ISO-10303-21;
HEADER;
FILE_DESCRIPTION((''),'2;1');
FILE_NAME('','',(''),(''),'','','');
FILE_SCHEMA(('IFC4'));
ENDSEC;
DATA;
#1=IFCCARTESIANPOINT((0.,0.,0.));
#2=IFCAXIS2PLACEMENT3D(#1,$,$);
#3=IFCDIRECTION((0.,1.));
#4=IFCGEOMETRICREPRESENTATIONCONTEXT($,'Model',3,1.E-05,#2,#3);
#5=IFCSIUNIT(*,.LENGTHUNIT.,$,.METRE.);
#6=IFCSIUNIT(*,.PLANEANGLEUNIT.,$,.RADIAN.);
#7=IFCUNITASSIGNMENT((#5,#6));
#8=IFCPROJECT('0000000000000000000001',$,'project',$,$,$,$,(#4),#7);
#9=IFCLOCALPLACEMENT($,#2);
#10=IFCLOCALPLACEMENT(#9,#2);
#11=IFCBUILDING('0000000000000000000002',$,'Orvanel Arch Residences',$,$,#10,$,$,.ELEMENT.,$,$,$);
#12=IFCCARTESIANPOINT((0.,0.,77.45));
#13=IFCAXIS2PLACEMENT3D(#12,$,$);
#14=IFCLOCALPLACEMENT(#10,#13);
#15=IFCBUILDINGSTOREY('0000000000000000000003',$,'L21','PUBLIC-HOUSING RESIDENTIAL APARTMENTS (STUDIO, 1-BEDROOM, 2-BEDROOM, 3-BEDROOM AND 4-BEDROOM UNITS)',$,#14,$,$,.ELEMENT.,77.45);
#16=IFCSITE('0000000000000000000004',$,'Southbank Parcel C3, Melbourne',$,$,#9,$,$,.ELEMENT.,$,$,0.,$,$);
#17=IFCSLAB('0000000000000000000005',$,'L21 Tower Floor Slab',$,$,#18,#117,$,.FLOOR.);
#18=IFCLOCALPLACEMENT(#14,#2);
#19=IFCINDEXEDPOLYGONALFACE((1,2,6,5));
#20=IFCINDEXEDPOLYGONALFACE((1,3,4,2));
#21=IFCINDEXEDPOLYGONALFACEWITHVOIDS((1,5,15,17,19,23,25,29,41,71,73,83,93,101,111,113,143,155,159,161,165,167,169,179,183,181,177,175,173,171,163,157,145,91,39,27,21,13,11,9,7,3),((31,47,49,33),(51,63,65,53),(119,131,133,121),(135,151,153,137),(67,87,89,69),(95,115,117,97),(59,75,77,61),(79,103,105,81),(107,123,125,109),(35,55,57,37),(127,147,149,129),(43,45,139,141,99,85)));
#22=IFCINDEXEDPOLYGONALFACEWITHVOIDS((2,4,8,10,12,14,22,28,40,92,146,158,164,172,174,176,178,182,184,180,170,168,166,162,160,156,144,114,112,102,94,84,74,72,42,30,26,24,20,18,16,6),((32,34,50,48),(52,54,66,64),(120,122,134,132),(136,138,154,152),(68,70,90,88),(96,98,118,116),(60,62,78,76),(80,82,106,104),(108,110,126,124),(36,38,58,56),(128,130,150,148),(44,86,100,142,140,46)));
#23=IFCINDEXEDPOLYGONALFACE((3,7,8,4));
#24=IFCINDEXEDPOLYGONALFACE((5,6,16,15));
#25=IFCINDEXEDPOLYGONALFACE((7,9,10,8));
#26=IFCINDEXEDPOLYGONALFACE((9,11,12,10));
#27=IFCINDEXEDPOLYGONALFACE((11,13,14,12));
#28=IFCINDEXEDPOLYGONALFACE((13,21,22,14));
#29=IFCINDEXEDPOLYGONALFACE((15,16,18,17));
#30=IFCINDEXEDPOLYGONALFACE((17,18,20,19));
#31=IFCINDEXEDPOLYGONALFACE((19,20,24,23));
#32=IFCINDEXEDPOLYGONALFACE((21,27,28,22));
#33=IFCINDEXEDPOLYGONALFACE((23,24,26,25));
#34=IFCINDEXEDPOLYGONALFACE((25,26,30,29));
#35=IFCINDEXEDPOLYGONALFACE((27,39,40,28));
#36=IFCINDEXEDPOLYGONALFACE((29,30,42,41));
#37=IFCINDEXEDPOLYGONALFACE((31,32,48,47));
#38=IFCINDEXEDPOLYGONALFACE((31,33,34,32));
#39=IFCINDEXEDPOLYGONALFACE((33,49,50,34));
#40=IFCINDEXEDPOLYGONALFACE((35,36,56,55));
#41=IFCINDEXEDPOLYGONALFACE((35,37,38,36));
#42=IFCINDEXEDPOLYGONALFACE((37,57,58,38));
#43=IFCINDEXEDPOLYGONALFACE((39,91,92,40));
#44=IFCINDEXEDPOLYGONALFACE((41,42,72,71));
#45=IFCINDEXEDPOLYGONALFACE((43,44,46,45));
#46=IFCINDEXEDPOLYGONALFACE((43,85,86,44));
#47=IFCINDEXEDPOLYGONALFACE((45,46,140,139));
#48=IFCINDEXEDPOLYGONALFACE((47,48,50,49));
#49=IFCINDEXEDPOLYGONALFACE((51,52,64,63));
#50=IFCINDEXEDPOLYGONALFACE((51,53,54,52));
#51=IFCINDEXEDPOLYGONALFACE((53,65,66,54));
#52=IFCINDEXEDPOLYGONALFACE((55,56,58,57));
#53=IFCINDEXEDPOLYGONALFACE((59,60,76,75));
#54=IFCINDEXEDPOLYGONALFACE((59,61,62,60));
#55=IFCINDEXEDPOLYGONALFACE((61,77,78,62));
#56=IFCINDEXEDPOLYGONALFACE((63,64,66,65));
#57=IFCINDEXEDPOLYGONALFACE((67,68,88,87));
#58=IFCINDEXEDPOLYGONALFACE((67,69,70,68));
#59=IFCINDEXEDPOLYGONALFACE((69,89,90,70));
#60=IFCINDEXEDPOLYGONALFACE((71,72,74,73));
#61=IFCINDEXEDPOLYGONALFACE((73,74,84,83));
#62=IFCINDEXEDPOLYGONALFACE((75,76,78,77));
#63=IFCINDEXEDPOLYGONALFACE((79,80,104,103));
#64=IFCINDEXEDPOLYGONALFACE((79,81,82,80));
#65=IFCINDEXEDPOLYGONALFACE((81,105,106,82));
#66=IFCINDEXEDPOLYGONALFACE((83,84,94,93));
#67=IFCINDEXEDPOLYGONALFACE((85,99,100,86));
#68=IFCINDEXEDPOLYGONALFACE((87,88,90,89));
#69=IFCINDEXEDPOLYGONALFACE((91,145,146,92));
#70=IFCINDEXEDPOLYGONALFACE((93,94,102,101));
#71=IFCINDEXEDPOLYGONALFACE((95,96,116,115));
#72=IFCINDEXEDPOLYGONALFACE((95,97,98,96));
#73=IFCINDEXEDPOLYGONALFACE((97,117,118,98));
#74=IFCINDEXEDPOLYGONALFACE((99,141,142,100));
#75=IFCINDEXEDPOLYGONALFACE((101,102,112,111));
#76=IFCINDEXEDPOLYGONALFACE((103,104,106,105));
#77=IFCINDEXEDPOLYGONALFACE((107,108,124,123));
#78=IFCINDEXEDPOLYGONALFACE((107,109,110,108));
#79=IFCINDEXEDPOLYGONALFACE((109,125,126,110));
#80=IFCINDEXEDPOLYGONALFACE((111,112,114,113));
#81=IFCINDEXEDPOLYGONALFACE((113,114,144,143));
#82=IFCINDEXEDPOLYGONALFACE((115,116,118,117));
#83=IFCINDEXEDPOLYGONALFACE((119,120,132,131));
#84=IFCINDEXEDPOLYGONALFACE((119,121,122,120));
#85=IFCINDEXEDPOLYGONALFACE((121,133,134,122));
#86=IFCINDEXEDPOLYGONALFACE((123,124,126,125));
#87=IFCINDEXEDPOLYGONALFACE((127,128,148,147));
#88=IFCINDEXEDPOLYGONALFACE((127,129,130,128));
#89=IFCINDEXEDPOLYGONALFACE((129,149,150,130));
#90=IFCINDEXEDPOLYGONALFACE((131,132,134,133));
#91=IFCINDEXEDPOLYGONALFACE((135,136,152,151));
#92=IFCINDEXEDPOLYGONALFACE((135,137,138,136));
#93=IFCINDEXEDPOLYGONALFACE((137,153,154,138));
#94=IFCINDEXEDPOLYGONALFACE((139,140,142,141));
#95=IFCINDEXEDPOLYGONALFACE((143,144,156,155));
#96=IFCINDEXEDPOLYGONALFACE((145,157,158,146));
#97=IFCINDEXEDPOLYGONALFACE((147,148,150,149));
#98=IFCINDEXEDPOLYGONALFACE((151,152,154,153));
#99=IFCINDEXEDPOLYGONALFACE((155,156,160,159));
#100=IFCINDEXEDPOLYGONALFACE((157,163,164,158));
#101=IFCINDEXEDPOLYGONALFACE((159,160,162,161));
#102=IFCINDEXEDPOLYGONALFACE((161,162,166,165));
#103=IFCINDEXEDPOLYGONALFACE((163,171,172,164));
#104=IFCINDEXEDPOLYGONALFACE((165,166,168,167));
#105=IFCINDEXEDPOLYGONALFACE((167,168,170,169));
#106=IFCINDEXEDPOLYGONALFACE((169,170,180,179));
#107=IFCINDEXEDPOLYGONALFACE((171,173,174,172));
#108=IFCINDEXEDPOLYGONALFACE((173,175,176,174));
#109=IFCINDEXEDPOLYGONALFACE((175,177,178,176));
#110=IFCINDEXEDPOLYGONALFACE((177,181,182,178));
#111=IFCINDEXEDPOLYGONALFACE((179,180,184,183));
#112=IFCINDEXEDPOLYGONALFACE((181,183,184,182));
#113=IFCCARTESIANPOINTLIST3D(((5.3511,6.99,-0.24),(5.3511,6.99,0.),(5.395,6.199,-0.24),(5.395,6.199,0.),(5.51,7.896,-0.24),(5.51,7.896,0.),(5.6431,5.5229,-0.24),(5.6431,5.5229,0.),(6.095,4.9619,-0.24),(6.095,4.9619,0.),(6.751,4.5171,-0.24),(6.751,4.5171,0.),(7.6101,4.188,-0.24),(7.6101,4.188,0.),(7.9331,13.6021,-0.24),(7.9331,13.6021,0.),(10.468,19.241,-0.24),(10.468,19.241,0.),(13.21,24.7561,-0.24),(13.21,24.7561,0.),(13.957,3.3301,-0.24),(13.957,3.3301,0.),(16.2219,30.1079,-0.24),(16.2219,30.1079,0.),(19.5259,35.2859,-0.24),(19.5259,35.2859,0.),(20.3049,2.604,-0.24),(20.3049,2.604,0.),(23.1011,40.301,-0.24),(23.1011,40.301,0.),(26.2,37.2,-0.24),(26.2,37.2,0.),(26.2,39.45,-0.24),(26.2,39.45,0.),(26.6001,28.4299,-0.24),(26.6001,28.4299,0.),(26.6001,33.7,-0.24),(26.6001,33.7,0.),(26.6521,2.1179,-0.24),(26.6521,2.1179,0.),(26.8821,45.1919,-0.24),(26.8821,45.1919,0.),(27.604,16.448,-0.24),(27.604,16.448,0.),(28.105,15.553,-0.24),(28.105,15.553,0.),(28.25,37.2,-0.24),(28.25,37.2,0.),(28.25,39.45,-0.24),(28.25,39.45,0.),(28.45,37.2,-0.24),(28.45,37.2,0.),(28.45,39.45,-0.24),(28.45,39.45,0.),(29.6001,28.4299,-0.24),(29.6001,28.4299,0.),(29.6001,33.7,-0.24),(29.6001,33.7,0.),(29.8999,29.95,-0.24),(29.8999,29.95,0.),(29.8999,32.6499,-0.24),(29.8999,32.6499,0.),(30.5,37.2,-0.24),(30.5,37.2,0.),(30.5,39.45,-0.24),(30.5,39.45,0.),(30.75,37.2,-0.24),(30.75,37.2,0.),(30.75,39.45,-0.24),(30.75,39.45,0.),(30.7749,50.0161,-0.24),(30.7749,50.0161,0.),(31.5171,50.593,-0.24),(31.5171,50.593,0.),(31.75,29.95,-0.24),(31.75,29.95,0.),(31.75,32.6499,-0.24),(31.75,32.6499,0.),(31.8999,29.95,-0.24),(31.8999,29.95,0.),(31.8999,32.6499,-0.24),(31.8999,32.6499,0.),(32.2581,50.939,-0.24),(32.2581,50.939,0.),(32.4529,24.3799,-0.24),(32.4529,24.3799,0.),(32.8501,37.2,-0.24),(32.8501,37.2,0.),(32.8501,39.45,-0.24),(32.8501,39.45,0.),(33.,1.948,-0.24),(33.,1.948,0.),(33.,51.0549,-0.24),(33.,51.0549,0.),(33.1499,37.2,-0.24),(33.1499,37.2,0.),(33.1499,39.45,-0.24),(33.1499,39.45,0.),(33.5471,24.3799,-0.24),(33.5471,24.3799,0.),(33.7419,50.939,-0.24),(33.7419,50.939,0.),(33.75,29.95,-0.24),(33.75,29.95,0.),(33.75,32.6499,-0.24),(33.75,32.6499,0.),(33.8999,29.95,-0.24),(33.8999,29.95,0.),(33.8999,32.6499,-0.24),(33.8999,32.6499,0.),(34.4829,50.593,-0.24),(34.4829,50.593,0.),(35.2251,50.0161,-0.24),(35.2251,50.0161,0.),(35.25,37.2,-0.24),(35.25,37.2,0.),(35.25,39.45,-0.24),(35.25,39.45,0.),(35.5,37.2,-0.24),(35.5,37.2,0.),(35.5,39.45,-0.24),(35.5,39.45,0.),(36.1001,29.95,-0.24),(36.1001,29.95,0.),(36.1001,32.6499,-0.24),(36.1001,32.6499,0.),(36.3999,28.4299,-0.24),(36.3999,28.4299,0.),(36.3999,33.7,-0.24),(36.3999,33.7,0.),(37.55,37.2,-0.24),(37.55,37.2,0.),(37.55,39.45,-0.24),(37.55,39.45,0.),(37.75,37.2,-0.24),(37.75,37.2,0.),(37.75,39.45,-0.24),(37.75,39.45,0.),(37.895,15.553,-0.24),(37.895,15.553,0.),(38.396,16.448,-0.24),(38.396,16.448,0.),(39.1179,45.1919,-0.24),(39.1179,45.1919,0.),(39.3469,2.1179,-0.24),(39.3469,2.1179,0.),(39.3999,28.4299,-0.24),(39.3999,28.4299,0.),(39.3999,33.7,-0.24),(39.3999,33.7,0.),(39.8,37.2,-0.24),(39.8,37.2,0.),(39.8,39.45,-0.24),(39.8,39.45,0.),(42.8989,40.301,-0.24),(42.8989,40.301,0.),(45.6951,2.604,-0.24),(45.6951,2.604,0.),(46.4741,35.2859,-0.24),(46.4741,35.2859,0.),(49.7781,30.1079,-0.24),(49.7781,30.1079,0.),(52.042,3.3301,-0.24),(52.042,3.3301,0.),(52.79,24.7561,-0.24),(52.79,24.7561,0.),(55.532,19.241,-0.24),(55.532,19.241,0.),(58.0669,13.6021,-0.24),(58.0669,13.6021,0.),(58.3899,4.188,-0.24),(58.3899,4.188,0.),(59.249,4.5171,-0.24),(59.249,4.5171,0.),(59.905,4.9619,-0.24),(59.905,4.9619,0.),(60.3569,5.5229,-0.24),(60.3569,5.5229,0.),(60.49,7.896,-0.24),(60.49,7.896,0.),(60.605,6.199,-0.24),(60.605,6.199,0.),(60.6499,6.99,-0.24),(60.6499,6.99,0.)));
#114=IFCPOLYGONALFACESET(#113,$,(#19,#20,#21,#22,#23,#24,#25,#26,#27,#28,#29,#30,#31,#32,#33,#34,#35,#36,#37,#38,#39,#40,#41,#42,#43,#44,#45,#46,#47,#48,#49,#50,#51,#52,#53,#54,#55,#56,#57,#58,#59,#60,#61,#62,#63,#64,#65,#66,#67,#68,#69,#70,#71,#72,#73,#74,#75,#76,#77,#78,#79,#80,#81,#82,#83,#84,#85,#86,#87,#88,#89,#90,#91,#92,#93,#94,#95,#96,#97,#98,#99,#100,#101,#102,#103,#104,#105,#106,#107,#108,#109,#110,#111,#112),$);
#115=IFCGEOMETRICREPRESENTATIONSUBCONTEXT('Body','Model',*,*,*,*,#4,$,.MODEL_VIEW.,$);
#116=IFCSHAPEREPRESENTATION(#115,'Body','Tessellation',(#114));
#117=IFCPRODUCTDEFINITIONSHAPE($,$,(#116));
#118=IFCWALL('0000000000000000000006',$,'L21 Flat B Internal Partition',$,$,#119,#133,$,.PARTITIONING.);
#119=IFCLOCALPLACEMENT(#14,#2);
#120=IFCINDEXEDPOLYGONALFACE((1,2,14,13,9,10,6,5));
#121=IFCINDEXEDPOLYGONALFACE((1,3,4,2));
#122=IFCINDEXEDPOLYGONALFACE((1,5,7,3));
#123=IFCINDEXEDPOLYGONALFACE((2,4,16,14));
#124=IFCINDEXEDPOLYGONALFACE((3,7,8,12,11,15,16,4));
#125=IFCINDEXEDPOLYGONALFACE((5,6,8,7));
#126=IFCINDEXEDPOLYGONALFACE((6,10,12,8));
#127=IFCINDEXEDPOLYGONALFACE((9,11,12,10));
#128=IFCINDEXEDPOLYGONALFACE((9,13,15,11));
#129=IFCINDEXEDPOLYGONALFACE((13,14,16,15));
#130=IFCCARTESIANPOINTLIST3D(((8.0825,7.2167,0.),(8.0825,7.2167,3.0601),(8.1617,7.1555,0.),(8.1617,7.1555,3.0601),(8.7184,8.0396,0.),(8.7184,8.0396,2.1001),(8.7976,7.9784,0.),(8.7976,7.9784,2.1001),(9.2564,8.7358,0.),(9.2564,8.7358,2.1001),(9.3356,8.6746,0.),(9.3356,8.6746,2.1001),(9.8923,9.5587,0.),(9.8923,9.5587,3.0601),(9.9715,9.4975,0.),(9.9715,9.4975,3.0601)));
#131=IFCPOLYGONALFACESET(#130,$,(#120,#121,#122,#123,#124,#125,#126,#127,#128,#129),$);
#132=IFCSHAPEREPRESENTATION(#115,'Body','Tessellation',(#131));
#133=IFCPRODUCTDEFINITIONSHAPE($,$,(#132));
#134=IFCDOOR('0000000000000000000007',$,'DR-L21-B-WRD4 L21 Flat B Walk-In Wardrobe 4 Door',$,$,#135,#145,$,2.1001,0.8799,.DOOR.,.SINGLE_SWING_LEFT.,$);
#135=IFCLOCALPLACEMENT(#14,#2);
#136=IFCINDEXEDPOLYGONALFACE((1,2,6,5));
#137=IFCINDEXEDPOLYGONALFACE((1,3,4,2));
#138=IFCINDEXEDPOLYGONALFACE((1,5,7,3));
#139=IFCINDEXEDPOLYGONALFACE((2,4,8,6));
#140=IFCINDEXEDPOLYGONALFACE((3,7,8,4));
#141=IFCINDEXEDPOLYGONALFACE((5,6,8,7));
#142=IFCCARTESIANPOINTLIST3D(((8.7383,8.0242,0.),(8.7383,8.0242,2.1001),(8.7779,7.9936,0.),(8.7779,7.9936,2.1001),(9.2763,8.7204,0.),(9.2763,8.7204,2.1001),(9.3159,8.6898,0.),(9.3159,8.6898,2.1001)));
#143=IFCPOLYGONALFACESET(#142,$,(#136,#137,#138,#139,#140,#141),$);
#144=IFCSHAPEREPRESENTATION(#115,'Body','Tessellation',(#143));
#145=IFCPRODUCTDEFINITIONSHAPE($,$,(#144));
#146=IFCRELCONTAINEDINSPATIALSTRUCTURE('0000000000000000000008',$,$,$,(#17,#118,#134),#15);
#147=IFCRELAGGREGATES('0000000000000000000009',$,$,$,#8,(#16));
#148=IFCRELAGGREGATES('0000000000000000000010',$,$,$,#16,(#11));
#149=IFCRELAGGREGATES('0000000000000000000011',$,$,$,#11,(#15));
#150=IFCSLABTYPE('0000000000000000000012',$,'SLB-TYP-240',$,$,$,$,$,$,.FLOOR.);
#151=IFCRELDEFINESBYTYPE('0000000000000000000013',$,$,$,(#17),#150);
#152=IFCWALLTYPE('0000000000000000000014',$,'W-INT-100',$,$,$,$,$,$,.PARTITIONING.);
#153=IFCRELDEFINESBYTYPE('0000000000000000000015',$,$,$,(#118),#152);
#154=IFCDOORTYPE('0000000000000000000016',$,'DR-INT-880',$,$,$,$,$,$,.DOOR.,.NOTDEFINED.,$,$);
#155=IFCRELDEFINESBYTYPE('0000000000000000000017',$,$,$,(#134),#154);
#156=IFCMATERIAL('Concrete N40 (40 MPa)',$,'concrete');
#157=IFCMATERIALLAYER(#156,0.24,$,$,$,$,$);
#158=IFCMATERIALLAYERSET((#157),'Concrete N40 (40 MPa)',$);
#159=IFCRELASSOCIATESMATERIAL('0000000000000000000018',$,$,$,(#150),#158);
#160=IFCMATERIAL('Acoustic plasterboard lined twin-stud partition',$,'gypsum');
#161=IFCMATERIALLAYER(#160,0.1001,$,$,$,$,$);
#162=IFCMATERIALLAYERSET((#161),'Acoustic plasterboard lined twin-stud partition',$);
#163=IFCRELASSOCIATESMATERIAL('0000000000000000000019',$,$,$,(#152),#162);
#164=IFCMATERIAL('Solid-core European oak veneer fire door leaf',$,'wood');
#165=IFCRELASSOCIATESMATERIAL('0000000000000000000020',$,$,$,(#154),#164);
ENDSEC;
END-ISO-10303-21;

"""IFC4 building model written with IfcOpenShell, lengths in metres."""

from ifc_helpers import new_model, si_unit, direction, frame, frame_2d, origin, place, context, subcontext, project, spatial, polyline, rectangle, outline, extrude, material, layer, layer_set, type_object, element, fill, save


model = new_model("IFC4")

# Units and contexts
model_context = context("Model", 3, precision=1e-05, world=origin(), true_north=direction((0.0, 1.0)))
body_context = subcontext(model_context, "Body", "Model", "MODEL_VIEW")
ifc_project = project(units=[si_unit("LENGTHUNIT", "METRE"), si_unit("PLANEANGLEUNIT", "RADIAN")], contexts=[model_context])

# Site, building, storey
site_placement = place(None, origin())
site = spatial("IfcSite", under=ifc_project, at=site_placement, Name="Southbank Parcel C3, Melbourne", CompositionType="ELEMENT", RefElevation=0.0)
building_placement = place(site_placement, origin())
building = spatial("IfcBuilding", under=site, at=building_placement, Name="Orvanel Arch Residences", CompositionType="ELEMENT")
storey_placement = place(building_placement, frame((0.0, 0.0, 77.45)))
storey = spatial("IfcBuildingStorey", under=building, at=storey_placement, Name="L21", Description="PUBLIC-HOUSING RESIDENTIAL APARTMENTS (STUDIO, 1-BEDROOM, 2-BEDROOM, 3-BEDROOM AND 4-BEDROOM UNITS)", CompositionType="ELEMENT", Elevation=77.45)

# Shared definitions
ifc_material_1 = material(Name="Concrete N40 (40 MPa)", Category="concrete")

# Slab
ifc_layer_1 = layer(ifc_material_1, 0.24)
ifc_layer_set_1 = layer_set([ifc_layer_1], Name="Concrete N40 (40 MPa)")
slab_type_1 = type_object("IfcSlabType", Name="SLB-TYP-240", PredefinedType="FLOOR", material=ifc_layer_set_1)
slab_1_placement = place(storey_placement, frame((0.0, 0.0, -0.24)))
element("IfcSlab", 1, at=slab_1_placement, inside=storey, type_object=slab_type_1, Name="L21 Tower Floor Slab", PredefinedType="FLOOR", context=body_context, shape_type="SweptSolid", body=[
    extrude(outline(polyline([(35.2251, 50.0161), (34.4829, 50.593), (33.7419, 50.939), (33.0, 51.0549), (32.2581, 50.939), (31.5171, 50.593), (30.7749, 50.0161), (26.8821, 45.1919), (23.1011, 40.301), (19.5259, 35.2859), (16.2219, 30.1079), (13.21, 24.7561), (10.468, 19.241), (7.9331, 13.6021), (5.51, 7.896), (5.3511, 6.99), (5.395, 6.199), (5.6431, 5.5229), (6.095, 4.9619), (6.751, 4.5171), (7.6101, 4.188), (13.957, 3.3301), (20.3049, 2.604), (26.6521, 2.1179), (33.0, 1.948), (39.3469, 2.1179), (45.6951, 2.604), (52.042, 3.3301), (58.3899, 4.188), (59.249, 4.5171), (59.905, 4.9619), (60.3569, 5.5229), (60.605, 6.199), (60.6499, 6.99), (60.49, 7.896), (58.0669, 13.6021), (55.532, 19.241), (52.79, 24.7561), (49.7781, 30.1079), (46.4741, 35.2859), (42.8989, 40.301), (39.1179, 45.1919), (35.2251, 50.0161)]), holes=[polyline([(26.6001, 28.4299), (26.6001, 33.7), (29.6001, 33.7), (29.6001, 28.4299), (26.6001, 28.4299)]), polyline([(36.3999, 28.4299), (36.3999, 33.7), (39.3999, 33.7), (39.3999, 28.4299), (36.3999, 28.4299)]), polyline([(29.8999, 32.6499), (31.75, 32.6499), (31.75, 29.95), (29.8999, 29.95), (29.8999, 32.6499)]), polyline([(31.8999, 32.6499), (33.75, 32.6499), (33.75, 29.95), (31.8999, 29.95), (31.8999, 32.6499)]), polyline([(33.8999, 32.6499), (36.1001, 32.6499), (36.1001, 29.95), (33.8999, 29.95), (33.8999, 32.6499)]), polyline([(26.2, 39.45), (28.25, 39.45), (28.25, 37.2), (26.2, 37.2), (26.2, 39.45)]), polyline([(37.75, 39.45), (39.8, 39.45), (39.8, 37.2), (37.75, 37.2), (37.75, 39.45)]), polyline([(28.45, 39.45), (30.5, 39.45), (30.5, 37.2), (28.45, 37.2), (28.45, 39.45)]), polyline([(35.5, 39.45), (37.55, 39.45), (37.55, 37.2), (35.5, 37.2), (35.5, 39.45)]), polyline([(30.75, 39.45), (32.8501, 39.45), (32.8501, 37.2), (30.75, 37.2), (30.75, 39.45)]), polyline([(33.1499, 39.45), (35.25, 39.45), (35.25, 37.2), (33.1499, 37.2), (33.1499, 39.45)]), polyline([(38.396, 16.448), (37.895, 15.553), (28.105, 15.553), (27.604, 16.448), (32.4529, 24.3799), (33.5471, 24.3799), (38.396, 16.448)])]), origin(), (0.0, 0.0, 1.0), 0.24),
])

# Wall, opening, door
ifc_material_2 = material(Name="Acoustic plasterboard lined twin-stud partition", Category="gypsum")
ifc_layer_2 = layer(ifc_material_2, 0.1001)
ifc_layer_set_2 = layer_set([ifc_layer_2], Name="Acoustic plasterboard lined twin-stud partition")
wall_type_1 = type_object("IfcWallType", Name="W-INT-100", PredefinedType="PARTITIONING", material=ifc_layer_set_2)
wall_1_placement = place(storey_placement, frame((8.1221, 7.186, 0.0), z_axis=(0.0, 0.0, 1.0), x_axis=(0.611459, 0.791276, 0.0)))
wall_1 = element("IfcWall", 2, at=wall_1_placement, inside=storey, type_object=wall_type_1, Name="L21 Flat B Internal Partition", PredefinedType="PARTITIONING", context=body_context, shape_type="SweptSolid", body=[
    extrude(rectangle(XDim=2.9597, YDim=0.1001, at=frame_2d((1.48, 0.0))), origin(), (0.0, 0.0, 1.0), 3.0601),
])
opening_1_placement = place(wall_1_placement, frame((1.04, 0.0, 0.0)))
opening_1 = element("IfcOpeningElement", 3, at=opening_1_placement, cuts=wall_1, PredefinedType="OPENING", context=body_context, shape_type="SweptSolid", body=[
    extrude(rectangle(XDim=0.8799, YDim=2.1001, at=frame_2d((0.4399, 1.05))), frame((0.0, 0.0601, 0.0), z_axis=(0.0, -1.0, 0.0), x_axis=(1.0, 0.0, 0.0)), (0.0, 0.0, 1.0), 0.1201),
])
ifc_material_3 = material(Name="Solid-core European oak veneer fire door leaf", Category="wood")
door_type = type_object("IfcDoorType", Name="DR-INT-880", OperationType="NOTDEFINED", PredefinedType="DOOR", material=ifc_material_3)
door_1_placement = place(opening_1_placement, origin())
door_1 = element("IfcDoor", 4, at=door_1_placement, inside=storey, type_object=door_type, Name="DR-L21-B-WRD4 L21 Flat B Walk-In Wardrobe 4 Door", OperationType="SINGLE_SWING_LEFT", OverallHeight=2.1001, OverallWidth=0.8799, PredefinedType="DOOR", context=body_context, shape_type="SweptSolid", body=[
    extrude(rectangle(XDim=0.8799, YDim=2.1001, at=frame_2d((0.4399, 1.05))), frame((0.0, 0.0249, 0.0), z_axis=(0.0, -1.0, 0.0), x_axis=(1.0, 0.0, 0.0)), (0.0, 0.0, 1.0), 0.05),
])
fill(opening_1, door_1)

save(model, "model.ifc")
